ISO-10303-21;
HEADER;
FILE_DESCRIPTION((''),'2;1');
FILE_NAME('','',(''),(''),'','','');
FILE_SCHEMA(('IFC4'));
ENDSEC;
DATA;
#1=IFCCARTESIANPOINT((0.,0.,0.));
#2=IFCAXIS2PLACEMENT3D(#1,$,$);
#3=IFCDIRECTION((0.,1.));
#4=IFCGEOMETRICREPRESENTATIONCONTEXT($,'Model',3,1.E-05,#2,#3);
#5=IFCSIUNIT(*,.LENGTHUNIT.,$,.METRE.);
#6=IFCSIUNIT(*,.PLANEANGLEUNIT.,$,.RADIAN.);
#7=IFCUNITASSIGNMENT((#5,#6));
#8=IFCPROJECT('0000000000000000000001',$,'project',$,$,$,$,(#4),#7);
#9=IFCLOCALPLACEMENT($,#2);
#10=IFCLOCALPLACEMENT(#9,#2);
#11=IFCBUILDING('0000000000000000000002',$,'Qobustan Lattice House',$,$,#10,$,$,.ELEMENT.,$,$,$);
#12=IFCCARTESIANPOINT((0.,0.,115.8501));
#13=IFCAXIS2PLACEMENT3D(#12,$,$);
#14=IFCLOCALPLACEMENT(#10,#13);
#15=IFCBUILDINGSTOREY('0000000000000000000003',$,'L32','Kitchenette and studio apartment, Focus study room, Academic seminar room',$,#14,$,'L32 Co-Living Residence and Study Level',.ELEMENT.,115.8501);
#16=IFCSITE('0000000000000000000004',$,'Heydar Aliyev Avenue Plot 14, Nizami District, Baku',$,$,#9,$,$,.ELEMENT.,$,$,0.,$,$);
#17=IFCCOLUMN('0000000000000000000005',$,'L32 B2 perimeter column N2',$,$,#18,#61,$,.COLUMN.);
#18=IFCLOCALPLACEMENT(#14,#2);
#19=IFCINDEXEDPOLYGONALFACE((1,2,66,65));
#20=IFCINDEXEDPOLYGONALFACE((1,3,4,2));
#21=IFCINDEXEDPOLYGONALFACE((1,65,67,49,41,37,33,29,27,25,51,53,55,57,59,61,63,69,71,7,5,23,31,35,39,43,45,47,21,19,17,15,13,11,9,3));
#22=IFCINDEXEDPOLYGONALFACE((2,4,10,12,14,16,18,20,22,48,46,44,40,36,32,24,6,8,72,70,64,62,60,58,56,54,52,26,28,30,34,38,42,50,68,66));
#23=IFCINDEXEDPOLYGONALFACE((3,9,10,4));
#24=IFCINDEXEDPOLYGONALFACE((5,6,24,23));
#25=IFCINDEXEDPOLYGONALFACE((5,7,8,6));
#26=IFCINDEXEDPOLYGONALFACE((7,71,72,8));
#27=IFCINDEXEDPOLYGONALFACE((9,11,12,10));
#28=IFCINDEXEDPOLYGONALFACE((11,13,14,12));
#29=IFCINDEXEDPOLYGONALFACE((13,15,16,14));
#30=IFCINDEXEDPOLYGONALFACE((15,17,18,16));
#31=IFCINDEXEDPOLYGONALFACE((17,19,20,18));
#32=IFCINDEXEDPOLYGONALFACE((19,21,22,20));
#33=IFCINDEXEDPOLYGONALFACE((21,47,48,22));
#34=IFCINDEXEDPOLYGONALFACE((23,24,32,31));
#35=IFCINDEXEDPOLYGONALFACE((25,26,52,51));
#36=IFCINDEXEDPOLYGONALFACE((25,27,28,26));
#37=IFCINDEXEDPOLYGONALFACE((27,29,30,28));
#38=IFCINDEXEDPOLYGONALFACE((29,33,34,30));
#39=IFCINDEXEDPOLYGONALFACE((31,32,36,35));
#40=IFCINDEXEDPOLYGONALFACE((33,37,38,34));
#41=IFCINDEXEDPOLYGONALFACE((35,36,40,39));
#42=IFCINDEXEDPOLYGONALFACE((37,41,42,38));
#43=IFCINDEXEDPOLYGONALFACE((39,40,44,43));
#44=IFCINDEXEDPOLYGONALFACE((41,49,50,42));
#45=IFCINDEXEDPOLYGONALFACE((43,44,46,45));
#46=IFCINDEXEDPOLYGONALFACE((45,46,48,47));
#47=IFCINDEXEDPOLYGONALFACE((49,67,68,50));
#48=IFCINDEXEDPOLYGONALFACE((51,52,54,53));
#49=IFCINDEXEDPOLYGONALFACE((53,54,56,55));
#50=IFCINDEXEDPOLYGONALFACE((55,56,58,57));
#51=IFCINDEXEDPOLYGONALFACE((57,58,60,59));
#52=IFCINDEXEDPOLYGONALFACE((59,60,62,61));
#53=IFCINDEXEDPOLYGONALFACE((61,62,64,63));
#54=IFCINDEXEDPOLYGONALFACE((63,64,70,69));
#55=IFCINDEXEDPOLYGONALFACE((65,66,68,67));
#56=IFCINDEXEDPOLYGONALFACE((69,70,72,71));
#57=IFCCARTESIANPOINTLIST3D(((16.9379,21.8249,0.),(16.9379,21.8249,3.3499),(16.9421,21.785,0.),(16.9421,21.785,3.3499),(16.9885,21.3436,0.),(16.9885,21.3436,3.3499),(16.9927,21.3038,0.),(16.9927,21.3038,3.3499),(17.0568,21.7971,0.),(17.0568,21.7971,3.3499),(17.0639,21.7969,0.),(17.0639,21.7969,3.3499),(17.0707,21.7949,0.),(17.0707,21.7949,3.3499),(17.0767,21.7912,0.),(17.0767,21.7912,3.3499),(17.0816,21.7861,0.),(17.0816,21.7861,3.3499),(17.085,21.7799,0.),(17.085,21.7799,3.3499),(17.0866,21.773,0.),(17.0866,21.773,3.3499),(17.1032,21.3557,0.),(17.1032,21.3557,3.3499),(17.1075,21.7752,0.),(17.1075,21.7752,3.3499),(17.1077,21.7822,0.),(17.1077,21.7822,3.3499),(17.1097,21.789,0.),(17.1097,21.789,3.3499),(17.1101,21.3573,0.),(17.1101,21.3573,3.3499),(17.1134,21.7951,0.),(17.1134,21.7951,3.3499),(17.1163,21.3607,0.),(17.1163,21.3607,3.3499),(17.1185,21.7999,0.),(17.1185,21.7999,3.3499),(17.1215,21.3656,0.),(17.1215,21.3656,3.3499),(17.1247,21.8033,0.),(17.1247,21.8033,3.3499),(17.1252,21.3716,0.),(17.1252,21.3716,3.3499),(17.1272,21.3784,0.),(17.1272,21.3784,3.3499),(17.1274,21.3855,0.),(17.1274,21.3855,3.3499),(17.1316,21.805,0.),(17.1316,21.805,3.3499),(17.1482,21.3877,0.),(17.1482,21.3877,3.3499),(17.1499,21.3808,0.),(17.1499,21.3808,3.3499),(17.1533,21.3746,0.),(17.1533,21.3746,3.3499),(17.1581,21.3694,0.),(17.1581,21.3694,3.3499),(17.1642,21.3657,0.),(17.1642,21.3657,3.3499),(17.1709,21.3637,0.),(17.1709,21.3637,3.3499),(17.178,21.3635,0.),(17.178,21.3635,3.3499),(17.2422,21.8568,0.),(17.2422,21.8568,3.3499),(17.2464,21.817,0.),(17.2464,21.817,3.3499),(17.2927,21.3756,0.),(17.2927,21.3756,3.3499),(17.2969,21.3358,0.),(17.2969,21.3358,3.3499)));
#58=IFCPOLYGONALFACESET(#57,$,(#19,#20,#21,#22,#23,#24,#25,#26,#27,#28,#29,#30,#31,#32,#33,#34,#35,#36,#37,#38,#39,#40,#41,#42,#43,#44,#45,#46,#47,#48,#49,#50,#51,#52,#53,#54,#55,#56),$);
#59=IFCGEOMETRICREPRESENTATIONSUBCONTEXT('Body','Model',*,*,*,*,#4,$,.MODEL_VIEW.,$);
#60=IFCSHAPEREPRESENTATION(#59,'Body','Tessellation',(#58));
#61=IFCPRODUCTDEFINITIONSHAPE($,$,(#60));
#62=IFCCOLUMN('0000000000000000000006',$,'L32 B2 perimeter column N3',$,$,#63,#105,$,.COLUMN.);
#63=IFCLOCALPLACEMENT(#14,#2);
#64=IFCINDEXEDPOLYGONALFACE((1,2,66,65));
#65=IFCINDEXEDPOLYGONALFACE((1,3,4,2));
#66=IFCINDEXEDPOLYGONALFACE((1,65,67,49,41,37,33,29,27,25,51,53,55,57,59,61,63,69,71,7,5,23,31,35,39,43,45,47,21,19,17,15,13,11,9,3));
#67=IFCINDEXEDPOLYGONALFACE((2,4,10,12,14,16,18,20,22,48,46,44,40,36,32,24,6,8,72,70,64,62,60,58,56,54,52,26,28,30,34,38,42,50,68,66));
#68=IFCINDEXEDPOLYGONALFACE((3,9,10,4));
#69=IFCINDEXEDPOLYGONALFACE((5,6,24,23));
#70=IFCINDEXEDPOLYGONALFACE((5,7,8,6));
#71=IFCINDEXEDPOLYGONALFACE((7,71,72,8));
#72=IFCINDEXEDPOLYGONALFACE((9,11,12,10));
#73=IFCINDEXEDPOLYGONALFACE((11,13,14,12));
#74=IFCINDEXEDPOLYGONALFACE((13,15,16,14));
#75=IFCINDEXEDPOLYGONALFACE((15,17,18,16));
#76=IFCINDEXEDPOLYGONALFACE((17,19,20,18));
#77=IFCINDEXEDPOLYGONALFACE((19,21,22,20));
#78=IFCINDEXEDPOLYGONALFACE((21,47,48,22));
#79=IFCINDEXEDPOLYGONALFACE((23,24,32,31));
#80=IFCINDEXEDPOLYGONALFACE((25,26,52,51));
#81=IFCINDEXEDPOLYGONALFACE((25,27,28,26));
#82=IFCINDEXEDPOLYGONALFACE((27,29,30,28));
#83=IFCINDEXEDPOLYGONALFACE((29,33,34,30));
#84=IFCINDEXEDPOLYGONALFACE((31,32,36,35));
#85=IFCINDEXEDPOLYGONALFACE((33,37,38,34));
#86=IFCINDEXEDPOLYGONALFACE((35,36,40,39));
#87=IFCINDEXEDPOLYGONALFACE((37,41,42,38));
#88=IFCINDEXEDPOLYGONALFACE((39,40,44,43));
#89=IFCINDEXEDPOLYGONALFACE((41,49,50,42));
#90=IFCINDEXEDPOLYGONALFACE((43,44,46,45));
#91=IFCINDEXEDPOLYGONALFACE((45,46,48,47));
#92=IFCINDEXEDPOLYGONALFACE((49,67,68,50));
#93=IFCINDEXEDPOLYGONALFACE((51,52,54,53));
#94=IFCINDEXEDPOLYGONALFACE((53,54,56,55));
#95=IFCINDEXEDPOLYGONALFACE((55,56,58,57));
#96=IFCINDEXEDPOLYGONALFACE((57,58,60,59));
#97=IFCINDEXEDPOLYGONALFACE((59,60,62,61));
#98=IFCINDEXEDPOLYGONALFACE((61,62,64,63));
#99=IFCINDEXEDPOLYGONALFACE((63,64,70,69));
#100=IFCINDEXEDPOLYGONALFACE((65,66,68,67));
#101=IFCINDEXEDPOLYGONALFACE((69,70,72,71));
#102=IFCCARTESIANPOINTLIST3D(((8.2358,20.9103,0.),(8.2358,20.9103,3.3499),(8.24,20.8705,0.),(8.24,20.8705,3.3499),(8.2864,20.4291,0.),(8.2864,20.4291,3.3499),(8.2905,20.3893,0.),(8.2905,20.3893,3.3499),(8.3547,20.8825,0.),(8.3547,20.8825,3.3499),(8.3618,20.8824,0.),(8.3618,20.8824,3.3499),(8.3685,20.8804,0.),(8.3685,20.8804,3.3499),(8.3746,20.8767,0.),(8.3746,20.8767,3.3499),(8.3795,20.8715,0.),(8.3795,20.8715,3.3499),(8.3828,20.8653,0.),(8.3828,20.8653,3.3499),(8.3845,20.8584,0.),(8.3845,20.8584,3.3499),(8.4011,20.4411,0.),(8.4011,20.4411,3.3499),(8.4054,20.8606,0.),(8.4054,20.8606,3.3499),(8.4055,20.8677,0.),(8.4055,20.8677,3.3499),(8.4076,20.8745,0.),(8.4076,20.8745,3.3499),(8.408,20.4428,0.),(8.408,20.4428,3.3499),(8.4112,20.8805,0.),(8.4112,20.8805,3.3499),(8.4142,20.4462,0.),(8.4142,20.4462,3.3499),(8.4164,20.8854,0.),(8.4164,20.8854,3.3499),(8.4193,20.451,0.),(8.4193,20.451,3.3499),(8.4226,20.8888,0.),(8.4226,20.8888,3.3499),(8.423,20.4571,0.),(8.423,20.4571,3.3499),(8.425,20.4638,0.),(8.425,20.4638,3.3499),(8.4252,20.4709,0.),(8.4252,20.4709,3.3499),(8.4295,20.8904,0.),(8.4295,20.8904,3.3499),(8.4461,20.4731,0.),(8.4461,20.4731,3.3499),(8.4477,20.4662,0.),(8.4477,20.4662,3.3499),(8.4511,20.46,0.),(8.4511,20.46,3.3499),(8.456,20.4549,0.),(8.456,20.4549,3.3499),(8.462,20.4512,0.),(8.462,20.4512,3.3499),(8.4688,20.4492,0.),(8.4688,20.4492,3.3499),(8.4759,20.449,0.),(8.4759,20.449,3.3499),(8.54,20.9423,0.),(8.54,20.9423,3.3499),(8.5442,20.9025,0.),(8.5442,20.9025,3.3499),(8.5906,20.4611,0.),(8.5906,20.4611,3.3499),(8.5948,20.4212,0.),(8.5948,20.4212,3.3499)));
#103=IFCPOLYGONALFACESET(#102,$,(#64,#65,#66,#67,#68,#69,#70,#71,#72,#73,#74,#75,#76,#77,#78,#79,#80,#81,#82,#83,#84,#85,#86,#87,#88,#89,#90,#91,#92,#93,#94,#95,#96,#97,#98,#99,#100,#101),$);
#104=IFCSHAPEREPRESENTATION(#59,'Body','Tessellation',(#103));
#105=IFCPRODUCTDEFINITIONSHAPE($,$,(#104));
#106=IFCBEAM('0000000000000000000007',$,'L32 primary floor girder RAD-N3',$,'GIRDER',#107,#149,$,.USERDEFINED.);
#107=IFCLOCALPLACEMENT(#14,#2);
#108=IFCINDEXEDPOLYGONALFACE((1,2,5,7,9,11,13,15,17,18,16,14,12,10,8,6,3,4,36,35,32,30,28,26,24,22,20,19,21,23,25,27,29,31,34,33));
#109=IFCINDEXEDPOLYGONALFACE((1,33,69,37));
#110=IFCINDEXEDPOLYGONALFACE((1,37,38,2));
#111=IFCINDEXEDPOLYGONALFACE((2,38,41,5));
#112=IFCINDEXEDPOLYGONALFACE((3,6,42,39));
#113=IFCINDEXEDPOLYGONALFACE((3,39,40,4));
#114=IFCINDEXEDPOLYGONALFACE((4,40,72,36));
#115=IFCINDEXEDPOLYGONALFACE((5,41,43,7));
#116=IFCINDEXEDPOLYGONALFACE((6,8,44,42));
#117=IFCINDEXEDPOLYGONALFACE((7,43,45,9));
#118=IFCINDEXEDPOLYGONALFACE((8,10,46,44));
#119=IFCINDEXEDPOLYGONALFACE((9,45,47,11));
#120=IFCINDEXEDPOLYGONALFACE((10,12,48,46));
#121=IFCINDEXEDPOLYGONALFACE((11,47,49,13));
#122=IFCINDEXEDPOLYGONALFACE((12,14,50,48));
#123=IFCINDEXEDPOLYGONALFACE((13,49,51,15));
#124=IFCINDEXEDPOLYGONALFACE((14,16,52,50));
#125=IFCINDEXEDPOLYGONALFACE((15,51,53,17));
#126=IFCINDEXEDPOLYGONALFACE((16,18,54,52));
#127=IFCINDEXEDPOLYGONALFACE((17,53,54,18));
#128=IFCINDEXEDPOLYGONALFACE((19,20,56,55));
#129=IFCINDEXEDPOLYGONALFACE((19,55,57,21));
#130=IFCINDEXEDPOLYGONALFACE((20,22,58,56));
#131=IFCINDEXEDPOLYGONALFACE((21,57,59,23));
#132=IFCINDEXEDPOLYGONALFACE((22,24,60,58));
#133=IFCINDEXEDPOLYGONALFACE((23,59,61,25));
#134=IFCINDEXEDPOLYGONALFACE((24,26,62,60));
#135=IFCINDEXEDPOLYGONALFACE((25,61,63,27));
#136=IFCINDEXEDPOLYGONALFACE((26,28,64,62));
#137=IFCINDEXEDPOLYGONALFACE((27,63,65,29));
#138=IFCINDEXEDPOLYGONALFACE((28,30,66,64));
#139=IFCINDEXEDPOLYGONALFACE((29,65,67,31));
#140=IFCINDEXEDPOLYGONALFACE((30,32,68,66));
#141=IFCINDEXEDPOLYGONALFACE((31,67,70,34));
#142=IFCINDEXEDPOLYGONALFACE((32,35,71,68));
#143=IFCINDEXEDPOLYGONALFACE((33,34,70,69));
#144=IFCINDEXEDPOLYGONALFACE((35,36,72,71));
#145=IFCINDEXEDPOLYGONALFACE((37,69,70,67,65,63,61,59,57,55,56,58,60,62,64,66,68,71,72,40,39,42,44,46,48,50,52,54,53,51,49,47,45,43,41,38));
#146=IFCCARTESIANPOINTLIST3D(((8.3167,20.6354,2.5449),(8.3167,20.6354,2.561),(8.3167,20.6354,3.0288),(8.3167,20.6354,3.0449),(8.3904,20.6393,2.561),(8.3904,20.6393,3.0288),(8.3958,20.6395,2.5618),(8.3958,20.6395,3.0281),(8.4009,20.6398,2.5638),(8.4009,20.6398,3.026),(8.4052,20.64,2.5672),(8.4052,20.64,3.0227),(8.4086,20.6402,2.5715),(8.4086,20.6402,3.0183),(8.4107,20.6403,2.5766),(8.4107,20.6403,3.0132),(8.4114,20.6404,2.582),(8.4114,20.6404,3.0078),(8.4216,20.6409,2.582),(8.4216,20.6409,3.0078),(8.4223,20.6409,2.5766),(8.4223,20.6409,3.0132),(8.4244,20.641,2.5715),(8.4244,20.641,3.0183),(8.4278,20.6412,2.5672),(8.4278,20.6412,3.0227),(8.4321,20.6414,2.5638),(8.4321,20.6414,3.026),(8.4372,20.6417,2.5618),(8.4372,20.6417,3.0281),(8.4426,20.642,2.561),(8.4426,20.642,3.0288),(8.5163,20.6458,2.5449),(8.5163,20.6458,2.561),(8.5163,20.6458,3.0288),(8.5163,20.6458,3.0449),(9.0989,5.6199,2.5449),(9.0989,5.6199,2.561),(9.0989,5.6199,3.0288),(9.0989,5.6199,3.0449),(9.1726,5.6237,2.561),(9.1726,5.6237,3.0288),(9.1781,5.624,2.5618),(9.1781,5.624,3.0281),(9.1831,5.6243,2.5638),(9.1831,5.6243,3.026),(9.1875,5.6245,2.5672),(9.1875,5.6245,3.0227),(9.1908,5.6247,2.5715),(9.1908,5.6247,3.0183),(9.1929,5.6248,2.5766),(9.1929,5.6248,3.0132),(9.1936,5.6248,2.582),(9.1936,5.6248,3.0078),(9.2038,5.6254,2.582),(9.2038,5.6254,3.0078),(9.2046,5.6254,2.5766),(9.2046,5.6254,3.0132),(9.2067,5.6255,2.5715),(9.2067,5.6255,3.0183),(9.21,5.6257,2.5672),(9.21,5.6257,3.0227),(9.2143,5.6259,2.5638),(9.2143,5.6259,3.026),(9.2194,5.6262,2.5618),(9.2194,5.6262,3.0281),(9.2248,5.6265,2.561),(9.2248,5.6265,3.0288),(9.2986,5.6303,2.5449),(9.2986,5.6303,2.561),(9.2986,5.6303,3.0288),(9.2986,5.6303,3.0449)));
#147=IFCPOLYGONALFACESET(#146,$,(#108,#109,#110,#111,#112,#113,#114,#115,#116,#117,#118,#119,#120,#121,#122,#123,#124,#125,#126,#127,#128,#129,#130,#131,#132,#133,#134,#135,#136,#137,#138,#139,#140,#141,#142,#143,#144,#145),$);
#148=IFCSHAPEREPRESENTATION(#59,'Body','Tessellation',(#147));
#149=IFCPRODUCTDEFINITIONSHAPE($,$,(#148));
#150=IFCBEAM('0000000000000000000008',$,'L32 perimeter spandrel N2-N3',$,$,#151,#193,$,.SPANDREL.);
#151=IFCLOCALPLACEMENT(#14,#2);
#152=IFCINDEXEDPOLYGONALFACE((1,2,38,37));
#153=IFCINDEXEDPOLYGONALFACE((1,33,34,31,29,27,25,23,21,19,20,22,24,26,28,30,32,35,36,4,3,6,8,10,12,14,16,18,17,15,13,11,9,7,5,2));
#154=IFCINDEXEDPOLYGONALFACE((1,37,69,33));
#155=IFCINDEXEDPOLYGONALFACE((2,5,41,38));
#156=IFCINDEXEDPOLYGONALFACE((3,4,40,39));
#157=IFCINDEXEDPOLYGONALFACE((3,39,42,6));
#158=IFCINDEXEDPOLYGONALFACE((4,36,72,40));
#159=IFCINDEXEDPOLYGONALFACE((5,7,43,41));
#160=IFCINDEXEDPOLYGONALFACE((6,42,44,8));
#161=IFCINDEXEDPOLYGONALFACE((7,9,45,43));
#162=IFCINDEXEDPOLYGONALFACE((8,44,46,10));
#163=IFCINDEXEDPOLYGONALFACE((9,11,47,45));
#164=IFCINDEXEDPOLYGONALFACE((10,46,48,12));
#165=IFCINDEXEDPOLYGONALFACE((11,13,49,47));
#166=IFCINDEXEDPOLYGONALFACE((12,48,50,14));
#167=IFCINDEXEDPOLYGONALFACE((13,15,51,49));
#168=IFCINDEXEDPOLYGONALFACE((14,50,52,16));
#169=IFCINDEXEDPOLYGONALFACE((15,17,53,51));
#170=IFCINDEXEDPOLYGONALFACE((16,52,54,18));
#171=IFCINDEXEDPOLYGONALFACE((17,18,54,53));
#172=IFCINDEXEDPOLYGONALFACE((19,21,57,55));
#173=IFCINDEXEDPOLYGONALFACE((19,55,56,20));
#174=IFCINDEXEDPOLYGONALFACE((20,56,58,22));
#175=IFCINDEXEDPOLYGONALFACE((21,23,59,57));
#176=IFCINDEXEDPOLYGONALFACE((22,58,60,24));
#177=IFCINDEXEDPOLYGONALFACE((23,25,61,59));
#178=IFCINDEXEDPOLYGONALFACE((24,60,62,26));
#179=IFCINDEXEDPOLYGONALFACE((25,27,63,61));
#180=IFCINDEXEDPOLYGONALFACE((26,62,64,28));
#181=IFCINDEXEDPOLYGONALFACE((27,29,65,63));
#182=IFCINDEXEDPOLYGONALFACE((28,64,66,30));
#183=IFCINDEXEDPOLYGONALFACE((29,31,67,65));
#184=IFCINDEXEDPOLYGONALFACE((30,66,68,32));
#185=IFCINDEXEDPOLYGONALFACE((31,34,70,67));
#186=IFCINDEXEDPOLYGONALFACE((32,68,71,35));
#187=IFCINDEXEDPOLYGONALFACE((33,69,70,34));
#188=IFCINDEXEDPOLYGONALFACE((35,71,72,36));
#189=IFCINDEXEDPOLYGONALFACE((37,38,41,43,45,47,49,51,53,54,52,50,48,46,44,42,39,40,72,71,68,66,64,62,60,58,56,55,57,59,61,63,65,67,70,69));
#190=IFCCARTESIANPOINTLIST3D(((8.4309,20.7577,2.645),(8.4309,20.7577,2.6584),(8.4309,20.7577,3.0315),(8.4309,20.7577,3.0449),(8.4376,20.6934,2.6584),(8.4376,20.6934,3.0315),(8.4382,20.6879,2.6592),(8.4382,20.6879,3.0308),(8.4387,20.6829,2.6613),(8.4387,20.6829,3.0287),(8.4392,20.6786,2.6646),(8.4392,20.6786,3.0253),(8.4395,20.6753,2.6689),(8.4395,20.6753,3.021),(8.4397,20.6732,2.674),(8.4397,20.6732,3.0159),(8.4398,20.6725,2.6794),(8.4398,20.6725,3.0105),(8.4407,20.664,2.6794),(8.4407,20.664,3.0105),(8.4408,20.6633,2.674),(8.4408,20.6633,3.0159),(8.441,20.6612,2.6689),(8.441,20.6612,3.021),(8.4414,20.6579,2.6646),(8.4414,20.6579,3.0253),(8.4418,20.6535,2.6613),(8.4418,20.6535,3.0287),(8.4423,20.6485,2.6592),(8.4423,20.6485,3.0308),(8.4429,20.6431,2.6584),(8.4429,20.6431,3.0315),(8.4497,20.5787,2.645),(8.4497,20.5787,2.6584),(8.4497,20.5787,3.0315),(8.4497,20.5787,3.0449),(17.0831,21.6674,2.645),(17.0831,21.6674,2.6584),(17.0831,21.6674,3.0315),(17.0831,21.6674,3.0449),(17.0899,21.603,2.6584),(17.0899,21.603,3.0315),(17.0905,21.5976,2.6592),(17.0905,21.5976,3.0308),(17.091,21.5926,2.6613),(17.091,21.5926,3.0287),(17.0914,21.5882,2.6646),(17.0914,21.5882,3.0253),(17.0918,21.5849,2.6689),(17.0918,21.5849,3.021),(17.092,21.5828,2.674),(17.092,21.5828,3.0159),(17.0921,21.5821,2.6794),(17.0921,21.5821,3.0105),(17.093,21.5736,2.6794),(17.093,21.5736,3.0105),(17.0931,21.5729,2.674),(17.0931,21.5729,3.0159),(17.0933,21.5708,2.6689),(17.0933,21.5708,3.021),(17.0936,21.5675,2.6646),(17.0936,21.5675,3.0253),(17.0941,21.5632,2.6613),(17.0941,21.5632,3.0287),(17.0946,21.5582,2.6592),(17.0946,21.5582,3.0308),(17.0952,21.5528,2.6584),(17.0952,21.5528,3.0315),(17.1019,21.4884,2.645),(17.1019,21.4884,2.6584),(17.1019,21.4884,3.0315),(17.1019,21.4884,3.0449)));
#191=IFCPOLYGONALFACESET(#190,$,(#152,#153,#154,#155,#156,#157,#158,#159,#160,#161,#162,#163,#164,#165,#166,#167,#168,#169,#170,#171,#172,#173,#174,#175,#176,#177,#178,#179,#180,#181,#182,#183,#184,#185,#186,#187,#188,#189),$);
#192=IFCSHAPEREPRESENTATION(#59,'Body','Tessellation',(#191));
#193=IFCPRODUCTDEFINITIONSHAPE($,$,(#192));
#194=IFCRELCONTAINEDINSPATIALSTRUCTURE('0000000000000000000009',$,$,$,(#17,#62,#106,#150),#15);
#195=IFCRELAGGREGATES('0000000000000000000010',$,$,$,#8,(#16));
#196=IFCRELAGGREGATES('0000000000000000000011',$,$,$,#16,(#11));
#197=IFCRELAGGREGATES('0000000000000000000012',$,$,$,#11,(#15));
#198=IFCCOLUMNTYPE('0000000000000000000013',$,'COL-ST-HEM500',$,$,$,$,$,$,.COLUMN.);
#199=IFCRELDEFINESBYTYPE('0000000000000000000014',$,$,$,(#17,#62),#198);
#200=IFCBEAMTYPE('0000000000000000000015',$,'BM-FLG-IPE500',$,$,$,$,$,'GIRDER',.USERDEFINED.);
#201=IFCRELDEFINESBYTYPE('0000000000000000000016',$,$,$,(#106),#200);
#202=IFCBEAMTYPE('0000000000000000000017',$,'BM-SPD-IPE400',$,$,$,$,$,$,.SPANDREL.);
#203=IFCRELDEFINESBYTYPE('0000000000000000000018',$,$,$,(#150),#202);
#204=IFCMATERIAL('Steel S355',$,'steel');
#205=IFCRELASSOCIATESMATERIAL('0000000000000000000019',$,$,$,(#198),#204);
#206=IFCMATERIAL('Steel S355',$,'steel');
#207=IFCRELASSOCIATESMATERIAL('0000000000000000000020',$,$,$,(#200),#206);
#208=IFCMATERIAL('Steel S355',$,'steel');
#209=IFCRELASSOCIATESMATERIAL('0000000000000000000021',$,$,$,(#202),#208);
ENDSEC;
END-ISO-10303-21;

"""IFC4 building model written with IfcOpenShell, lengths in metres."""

from ifc_helpers import new_model, si_unit, direction, frame, origin, origin_2d, place, context, subcontext, project, spatial, i_section, extrude, material, material_profile, profile_set, type_object, element, save


model = new_model("IFC4")

# Units and contexts
model_context = context("Model", 3, precision=1e-05, world=origin(), true_north=direction((0.0, 1.0)))
body_context = subcontext(model_context, "Body", "Model", "MODEL_VIEW")
ifc_project = project(units=[si_unit("LENGTHUNIT", "METRE"), si_unit("PLANEANGLEUNIT", "RADIAN")], contexts=[model_context])

# Site, building, storey
site_placement = place(None, origin())
site = spatial("IfcSite", under=ifc_project, at=site_placement, Name="Heydar Aliyev Avenue Plot 14, Nizami District, Baku", CompositionType="ELEMENT", RefElevation=0.0)
building_placement = place(site_placement, origin())
building = spatial("IfcBuilding", under=site, at=building_placement, Name="Qobustan Lattice House", CompositionType="ELEMENT")
storey_placement = place(building_placement, frame((0.0, 0.0, 115.8501)))
storey = spatial("IfcBuildingStorey", under=building, at=storey_placement, Name="L32", Description="Kitchenette and studio apartment, Focus study room, Academic seminar room", LongName="L32 Co-Living Residence and Study Level", CompositionType="ELEMENT", Elevation=115.8501)

# Columns
ifc_material_1 = material(Name="Steel S355", Category="steel")
ifc_material_profile_1 = material_profile(ifc_material_1, i_section(OverallWidth=0.3059, OverallDepth=0.5239, WebThickness=0.021, FlangeThickness=0.04, FilletRadius=0.0271, at=origin_2d()), Name="HEM500")
ifc_profile_set_1 = profile_set([ifc_material_profile_1], Name="Steel S355")
column_type = type_object("IfcColumnType", Name="COL-ST-HEM500", PredefinedType="COLUMN", material=ifc_profile_set_1)
for number, where, z_axis, x_axis, name in (
    (1, (17.1174, 21.5803, 0.0), (0.0, 0.0, 1.0), (0.994522, 0.104528, 0.0), "L32 B2 perimeter column N2"),
    (2, (8.4153, 20.6658, 0.0), (0.0, 0.0, 1.0), (0.994522, 0.104528, 0.0), "L32 B2 perimeter column N3"),
):
    element("IfcColumn", number, at=place(storey_placement, frame(where, z_axis=z_axis, x_axis=x_axis)), inside=storey, type_object=column_type, Name=name, PredefinedType="COLUMN", context=body_context, shape_type="SweptSolid", body=[
        extrude(i_section(OverallWidth=0.3059, OverallDepth=0.5239, WebThickness=0.021, FlangeThickness=0.04, FilletRadius=0.0271, at=origin_2d()), origin(), (0.0, 0.0, 1.0), 3.3499),
    ])

# Beams
ifc_material_2 = material(Name="Steel S355", Category="steel")
ifc_material_profile_2 = material_profile(ifc_material_2, i_section(OverallWidth=0.2, OverallDepth=0.5, WebThickness=0.0103, FlangeThickness=0.0161, FilletRadius=0.021, at=origin_2d()), Name="IPE500")
ifc_profile_set_2 = profile_set([ifc_material_profile_2], Name="Steel S355")
beam_type_1 = type_object("IfcBeamType", Name="BM-FLG-IPE500", ElementType="GIRDER", PredefinedType="USERDEFINED", material=ifc_profile_set_2)
beam_1_placement = place(storey_placement, frame((8.4165, 20.6406, 2.7949), z_axis=(0.052024, -0.998646, 0.0), x_axis=(0.998646, 0.052024, 0.0)))
element("IfcBeam", 3, at=beam_1_placement, inside=storey, type_object=beam_type_1, Name="L32 primary floor girder RAD-N3", ObjectType="GIRDER", PredefinedType="USERDEFINED", context=body_context, shape_type="SweptSolid", body=[
    extrude(i_section(OverallWidth=0.2, OverallDepth=0.5, WebThickness=0.0103, FlangeThickness=0.0161, FilletRadius=0.021, at=origin_2d()), origin(), (0.0, 0.0, 1.0), 15.0359),
])
ifc_material_3 = material(Name="Steel S355", Category="steel")
ifc_material_profile_3 = material_profile(ifc_material_3, i_section(OverallWidth=0.1799, OverallDepth=0.3999, WebThickness=0.0085, FlangeThickness=0.0134, FilletRadius=0.021, at=origin_2d()), Name="IPE400")
ifc_profile_set_3 = profile_set([ifc_material_profile_3], Name="Steel S355")
beam_type_2 = type_object("IfcBeamType", Name="BM-SPD-IPE400", PredefinedType="SPANDREL", material=ifc_profile_set_3)
beam_2_placement = place(storey_placement, frame((17.0925, 21.5779, 2.845), z_axis=(-0.994519, -0.104559, 0.0), x_axis=(0.104559, -0.994519, 0.0)))
element("IfcBeam", 4, at=beam_2_placement, inside=storey, type_object=beam_type_2, Name="L32 perimeter spandrel N2-N3", PredefinedType="SPANDREL", context=body_context, shape_type="SweptSolid", body=[
    extrude(i_section(OverallWidth=0.1799, OverallDepth=0.3999, WebThickness=0.0085, FlangeThickness=0.0134, FilletRadius=0.021, at=origin_2d()), origin(), (0.0, 0.0, 1.0), 8.7),
])

save(model, "model.ifc")
